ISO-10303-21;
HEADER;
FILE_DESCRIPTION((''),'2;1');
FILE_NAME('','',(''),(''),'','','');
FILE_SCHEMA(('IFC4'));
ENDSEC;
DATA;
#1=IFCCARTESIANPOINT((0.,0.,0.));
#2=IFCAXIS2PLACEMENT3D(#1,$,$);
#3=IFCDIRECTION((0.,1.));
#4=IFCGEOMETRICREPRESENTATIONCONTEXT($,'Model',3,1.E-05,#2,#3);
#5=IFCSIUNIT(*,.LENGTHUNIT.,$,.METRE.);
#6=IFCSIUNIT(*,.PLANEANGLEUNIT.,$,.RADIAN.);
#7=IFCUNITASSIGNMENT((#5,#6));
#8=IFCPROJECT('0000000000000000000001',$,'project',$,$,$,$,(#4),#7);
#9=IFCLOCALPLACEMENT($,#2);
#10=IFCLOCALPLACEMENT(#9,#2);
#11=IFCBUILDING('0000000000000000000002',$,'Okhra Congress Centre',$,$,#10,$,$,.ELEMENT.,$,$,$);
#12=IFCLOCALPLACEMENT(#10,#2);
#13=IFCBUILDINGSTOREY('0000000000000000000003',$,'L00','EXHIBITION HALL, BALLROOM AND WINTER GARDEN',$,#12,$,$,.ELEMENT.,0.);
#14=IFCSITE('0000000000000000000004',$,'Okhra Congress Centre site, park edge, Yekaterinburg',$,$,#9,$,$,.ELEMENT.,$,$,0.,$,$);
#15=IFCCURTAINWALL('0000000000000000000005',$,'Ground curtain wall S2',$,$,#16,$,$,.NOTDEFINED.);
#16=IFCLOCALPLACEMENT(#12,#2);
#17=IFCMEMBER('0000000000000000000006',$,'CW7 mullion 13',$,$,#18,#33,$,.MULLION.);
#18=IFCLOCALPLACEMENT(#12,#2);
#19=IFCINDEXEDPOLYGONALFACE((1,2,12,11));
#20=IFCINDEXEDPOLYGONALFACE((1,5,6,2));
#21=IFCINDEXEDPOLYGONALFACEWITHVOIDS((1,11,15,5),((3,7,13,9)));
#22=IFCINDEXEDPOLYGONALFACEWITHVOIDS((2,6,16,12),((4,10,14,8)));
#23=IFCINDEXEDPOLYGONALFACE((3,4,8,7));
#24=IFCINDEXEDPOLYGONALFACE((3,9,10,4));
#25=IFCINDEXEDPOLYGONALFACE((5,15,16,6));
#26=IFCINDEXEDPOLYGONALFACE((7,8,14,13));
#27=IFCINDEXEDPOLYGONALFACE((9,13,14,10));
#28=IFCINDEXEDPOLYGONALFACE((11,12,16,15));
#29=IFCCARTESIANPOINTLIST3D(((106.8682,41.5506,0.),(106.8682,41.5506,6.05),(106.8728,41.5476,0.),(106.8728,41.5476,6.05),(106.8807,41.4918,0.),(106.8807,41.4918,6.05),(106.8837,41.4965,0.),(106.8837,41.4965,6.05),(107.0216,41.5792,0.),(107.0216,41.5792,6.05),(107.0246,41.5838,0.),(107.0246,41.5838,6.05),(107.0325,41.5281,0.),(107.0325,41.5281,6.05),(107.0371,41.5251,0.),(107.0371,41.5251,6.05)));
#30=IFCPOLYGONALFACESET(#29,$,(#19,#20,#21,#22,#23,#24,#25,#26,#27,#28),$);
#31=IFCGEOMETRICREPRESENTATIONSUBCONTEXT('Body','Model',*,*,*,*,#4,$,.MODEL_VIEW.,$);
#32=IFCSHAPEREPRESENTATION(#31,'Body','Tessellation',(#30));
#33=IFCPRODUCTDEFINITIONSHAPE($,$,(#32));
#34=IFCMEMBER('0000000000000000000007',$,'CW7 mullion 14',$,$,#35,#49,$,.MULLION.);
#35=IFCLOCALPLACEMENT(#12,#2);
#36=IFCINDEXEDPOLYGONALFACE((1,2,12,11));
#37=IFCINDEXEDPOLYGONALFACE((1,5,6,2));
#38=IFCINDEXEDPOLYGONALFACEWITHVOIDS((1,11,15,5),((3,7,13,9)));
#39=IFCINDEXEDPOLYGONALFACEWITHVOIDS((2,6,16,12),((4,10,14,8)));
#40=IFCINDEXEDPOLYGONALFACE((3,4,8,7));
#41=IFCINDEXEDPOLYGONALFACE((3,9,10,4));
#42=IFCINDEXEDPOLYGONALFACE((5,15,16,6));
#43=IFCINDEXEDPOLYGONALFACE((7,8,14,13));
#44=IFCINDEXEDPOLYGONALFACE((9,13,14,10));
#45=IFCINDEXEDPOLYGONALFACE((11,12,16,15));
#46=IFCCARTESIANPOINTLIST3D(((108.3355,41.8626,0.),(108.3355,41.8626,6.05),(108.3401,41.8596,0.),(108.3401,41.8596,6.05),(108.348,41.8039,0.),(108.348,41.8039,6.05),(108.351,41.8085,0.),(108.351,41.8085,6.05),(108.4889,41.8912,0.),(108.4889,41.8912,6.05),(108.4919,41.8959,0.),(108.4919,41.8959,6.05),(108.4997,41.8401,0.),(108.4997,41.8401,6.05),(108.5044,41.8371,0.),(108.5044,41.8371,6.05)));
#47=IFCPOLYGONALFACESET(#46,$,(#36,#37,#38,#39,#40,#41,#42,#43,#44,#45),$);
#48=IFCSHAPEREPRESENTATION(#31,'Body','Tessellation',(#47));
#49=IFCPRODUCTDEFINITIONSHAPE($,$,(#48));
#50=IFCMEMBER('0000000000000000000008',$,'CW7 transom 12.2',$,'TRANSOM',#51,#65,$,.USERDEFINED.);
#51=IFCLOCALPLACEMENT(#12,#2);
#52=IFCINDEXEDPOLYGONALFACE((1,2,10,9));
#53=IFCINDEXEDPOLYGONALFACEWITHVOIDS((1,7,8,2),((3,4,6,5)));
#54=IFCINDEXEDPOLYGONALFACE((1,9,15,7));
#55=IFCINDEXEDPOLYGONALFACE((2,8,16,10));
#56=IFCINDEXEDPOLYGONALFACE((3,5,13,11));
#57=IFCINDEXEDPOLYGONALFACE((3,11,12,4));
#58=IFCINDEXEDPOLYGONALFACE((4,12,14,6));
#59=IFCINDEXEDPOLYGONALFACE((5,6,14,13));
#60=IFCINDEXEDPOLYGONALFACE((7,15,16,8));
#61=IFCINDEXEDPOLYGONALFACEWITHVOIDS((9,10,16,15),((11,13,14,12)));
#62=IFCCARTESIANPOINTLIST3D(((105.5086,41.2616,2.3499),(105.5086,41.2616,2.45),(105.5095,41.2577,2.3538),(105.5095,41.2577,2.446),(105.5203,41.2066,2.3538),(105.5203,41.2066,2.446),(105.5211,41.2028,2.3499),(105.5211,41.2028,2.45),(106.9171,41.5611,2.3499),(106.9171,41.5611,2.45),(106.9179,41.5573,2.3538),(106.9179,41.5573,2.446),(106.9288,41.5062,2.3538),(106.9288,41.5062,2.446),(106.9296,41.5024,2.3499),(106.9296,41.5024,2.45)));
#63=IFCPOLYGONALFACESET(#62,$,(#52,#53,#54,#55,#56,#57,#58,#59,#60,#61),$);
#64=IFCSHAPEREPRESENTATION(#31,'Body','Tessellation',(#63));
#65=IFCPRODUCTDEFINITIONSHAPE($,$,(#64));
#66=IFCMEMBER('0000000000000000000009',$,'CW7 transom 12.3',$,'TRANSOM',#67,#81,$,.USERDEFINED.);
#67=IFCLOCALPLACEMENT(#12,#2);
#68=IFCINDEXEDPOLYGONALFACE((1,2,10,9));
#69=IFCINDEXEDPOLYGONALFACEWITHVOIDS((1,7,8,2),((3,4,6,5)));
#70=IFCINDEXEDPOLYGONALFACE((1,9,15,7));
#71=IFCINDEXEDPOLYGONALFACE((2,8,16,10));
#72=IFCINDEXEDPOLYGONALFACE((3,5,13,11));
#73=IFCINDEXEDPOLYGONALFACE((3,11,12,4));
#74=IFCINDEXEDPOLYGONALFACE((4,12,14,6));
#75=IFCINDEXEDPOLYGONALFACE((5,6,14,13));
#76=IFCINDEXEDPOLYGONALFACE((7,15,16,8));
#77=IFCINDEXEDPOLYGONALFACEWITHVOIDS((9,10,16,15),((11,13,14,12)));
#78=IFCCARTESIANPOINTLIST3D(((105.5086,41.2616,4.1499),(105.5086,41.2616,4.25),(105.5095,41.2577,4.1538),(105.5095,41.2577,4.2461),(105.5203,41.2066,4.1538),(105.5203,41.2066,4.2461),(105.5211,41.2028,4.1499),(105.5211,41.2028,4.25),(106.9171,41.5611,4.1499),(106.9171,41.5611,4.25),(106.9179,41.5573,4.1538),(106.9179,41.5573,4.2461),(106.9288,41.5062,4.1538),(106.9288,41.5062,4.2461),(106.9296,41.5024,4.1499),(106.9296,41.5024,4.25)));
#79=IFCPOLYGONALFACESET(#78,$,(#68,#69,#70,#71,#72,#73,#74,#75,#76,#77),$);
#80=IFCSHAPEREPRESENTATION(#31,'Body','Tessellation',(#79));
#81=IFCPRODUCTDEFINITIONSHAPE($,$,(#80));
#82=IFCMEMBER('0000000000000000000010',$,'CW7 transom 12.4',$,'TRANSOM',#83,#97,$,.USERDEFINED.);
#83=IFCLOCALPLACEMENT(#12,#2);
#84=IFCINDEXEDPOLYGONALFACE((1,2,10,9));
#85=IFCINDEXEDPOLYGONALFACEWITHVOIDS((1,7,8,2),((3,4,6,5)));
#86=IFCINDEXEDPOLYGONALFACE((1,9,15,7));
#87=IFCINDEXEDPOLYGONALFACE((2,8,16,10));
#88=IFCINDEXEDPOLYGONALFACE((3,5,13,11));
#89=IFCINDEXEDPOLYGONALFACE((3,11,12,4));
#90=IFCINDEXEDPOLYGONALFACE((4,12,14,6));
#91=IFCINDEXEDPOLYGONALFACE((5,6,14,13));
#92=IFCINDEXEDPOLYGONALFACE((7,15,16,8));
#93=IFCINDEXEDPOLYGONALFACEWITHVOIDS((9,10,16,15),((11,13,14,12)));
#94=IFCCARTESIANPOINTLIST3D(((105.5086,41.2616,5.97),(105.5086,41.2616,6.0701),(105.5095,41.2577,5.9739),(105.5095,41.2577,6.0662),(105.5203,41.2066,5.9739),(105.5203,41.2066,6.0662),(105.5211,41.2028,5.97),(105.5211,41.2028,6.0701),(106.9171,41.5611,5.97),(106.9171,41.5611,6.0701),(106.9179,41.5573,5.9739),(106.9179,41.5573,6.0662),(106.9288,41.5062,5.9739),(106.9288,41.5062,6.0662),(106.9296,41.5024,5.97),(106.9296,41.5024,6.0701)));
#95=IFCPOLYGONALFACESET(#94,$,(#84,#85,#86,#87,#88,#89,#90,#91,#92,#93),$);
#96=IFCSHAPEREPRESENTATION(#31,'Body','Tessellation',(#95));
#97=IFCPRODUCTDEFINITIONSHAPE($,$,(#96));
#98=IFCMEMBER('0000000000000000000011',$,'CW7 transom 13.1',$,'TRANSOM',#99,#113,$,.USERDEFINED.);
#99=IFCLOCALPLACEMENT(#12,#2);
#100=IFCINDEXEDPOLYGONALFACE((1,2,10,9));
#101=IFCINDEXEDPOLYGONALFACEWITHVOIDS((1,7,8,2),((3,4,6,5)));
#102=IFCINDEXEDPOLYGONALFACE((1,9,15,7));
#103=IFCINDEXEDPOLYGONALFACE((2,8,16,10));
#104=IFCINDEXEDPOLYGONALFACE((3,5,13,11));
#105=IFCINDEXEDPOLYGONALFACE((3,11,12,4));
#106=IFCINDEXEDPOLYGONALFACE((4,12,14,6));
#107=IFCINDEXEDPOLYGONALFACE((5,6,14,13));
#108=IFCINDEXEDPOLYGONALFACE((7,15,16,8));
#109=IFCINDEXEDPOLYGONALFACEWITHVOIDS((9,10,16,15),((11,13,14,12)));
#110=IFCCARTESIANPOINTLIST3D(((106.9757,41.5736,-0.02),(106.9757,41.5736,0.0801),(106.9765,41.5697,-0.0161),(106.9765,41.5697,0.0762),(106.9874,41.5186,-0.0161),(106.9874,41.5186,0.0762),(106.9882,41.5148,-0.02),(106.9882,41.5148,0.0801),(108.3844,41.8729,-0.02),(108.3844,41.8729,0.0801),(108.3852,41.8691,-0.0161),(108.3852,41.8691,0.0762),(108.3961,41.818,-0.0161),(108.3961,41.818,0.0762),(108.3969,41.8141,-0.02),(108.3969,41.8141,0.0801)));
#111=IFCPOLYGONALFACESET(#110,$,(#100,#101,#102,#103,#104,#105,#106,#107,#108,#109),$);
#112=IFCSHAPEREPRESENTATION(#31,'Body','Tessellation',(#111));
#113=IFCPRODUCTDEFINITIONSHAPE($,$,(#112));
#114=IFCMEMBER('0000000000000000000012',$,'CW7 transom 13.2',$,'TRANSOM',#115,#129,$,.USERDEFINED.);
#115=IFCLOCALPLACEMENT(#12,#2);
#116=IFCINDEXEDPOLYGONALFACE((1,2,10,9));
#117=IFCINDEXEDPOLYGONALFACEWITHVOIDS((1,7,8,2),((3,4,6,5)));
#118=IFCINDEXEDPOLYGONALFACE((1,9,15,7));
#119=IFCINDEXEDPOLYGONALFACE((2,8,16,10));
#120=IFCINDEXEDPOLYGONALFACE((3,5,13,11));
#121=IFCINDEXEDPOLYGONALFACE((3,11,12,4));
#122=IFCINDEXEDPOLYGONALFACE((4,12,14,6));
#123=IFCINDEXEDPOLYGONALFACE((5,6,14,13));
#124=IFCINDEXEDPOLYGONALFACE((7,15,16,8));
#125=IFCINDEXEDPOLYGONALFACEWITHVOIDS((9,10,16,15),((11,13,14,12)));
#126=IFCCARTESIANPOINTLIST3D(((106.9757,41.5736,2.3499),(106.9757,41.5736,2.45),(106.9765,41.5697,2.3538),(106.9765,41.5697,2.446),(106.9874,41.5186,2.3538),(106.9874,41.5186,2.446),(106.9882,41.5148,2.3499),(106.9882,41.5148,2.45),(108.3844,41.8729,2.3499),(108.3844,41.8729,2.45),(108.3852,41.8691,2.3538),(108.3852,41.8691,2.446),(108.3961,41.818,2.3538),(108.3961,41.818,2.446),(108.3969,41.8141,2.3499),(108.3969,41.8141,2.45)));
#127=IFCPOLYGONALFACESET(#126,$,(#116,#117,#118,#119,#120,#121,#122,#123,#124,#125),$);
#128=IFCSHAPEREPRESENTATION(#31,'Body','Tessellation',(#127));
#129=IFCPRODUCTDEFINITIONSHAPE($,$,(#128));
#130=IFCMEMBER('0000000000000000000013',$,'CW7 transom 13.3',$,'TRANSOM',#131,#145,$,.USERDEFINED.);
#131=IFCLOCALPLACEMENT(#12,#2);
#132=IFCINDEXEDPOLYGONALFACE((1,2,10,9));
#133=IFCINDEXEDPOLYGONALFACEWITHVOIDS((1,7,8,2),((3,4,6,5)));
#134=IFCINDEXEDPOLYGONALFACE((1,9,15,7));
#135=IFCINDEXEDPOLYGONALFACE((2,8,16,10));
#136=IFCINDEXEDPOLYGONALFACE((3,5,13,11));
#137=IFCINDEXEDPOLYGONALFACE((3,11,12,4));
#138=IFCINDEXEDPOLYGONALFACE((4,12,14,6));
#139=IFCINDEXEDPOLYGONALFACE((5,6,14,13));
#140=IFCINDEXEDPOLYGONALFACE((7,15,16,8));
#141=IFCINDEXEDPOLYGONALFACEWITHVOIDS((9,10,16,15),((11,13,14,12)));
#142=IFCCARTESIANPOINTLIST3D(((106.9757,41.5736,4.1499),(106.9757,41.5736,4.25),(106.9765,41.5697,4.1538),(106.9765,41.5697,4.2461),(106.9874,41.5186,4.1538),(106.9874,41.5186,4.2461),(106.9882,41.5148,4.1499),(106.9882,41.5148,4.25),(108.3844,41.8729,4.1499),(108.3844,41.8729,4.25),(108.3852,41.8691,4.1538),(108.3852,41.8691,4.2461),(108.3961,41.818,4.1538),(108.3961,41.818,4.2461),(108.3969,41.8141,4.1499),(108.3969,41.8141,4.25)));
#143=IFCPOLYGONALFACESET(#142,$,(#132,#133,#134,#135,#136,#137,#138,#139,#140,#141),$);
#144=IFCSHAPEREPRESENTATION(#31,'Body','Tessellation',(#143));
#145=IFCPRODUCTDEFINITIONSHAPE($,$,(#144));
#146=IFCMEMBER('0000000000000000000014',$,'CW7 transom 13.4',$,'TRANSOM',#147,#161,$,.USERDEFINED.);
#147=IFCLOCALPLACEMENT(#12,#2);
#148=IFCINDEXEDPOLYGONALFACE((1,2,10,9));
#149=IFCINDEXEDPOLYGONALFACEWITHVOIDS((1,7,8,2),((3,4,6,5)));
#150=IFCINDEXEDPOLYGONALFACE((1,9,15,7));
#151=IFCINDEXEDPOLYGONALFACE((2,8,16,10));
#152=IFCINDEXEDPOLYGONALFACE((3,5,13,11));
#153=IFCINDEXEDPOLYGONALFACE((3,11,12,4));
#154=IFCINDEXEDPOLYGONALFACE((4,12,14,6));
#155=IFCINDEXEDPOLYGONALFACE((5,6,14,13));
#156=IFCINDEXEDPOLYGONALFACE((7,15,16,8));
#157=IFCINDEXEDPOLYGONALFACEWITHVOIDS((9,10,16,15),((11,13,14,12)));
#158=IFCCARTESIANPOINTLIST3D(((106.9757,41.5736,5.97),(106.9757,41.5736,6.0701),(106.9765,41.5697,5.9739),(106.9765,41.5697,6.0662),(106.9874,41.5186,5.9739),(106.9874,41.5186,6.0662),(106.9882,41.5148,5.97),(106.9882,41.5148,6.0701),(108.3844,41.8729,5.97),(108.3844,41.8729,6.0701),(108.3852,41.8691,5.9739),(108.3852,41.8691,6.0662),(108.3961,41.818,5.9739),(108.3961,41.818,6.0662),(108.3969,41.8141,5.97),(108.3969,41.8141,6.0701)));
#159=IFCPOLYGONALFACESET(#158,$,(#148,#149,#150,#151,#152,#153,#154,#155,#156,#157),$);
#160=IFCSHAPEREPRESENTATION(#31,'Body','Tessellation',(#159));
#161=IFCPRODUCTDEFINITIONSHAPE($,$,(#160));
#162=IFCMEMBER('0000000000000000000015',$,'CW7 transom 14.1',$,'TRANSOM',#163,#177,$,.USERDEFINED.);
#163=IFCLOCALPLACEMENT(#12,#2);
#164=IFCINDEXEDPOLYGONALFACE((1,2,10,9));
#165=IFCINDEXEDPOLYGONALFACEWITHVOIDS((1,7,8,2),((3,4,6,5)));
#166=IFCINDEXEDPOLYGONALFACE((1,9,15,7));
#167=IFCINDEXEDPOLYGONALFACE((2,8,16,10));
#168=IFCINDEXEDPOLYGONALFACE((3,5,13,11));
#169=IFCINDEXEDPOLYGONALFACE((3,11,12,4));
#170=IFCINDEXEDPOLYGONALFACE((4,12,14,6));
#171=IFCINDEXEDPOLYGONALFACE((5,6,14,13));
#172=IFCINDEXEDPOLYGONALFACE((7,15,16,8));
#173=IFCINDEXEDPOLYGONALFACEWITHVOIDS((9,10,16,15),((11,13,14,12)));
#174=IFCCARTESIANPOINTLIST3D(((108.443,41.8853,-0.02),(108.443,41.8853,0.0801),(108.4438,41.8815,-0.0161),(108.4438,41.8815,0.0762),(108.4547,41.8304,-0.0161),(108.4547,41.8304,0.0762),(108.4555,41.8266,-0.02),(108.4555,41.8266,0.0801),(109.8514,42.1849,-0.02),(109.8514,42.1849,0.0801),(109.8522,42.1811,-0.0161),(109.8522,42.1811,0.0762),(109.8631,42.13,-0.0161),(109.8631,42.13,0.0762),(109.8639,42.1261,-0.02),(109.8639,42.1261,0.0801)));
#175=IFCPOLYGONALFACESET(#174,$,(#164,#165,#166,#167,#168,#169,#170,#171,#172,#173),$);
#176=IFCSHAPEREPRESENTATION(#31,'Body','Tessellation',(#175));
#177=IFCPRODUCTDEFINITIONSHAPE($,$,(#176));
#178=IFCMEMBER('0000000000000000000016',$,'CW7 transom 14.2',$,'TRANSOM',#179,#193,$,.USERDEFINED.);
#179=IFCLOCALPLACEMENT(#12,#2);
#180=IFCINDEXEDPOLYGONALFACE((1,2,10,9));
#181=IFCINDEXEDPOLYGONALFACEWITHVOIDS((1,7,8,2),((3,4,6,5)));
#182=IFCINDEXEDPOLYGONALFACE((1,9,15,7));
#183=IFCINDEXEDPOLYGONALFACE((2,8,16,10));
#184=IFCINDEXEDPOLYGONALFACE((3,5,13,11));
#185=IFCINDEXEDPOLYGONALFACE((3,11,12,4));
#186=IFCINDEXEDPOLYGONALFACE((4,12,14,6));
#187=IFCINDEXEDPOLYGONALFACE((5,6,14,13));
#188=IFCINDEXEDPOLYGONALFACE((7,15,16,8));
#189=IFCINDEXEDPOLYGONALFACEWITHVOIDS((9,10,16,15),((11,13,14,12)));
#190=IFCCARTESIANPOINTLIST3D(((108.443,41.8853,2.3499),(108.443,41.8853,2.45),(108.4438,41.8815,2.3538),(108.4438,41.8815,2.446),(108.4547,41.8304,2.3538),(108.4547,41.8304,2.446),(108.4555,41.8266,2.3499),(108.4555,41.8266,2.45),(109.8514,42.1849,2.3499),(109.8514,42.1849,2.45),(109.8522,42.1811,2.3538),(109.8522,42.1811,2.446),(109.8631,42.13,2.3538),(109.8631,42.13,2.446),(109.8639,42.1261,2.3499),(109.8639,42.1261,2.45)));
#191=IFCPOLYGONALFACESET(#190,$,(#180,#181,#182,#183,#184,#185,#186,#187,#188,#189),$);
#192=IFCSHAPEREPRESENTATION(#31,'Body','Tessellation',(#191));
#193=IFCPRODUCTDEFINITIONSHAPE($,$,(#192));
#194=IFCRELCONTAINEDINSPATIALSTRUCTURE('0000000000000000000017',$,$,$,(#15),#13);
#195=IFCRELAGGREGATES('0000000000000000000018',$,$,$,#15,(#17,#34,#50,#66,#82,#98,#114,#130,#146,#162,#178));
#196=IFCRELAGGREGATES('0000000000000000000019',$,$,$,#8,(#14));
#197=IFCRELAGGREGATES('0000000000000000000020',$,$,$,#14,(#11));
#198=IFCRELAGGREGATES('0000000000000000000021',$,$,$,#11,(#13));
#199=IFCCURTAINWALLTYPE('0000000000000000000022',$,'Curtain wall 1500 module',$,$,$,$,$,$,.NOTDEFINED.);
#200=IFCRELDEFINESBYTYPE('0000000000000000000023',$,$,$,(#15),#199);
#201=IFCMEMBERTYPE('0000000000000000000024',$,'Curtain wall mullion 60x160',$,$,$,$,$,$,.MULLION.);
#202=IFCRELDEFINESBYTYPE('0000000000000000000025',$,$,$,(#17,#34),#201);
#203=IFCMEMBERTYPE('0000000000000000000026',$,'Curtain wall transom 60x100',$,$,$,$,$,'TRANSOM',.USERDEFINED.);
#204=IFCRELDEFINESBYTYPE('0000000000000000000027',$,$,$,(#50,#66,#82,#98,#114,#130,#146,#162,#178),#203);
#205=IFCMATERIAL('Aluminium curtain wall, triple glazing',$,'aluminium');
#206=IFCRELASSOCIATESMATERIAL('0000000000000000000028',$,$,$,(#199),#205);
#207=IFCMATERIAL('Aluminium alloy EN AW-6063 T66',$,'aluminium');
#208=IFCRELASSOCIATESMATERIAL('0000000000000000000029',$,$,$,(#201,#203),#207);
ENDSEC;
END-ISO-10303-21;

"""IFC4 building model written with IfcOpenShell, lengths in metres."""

from ifc_helpers import new_model, si_unit, direction, frame, origin, origin_2d, place, context, subcontext, project, spatial, hollow_rectangle, extrude, material, material_profile, profile_set, type_object, element, aggregate, save


model = new_model("IFC4")

# Units and contexts
model_context = context("Model", 3, precision=1e-05, world=origin(), true_north=direction((0.0, 1.0)))
body_context = subcontext(model_context, "Body", "Model", "MODEL_VIEW")
ifc_project = project(units=[si_unit("LENGTHUNIT", "METRE"), si_unit("PLANEANGLEUNIT", "RADIAN")], contexts=[model_context])

# Site, building, storey
site_placement = place(None, origin())
site = spatial("IfcSite", under=ifc_project, at=site_placement, Name="Okhra Congress Centre site, park edge, Yekaterinburg", CompositionType="ELEMENT", RefElevation=0.0)
building_placement = place(site_placement, origin())
building = spatial("IfcBuilding", under=site, at=building_placement, Name="Okhra Congress Centre", CompositionType="ELEMENT")
storey_placement = place(building_placement, origin())
storey = spatial("IfcBuildingStorey", under=building, at=storey_placement, Name="L00", Description="EXHIBITION HALL, BALLROOM AND WINTER GARDEN", CompositionType="ELEMENT", Elevation=0.0)

# Curtain wall, members
ifc_material_1 = material(Name="Aluminium curtain wall, triple glazing", Category="aluminium")
curtain_wall_type = type_object("IfcCurtainWallType", Name="Curtain wall 1500 module", PredefinedType="NOTDEFINED", material=ifc_material_1)
curtain_wall_placement = place(storey_placement, origin())
curtain_wall = element("IfcCurtainWall", 1, at=curtain_wall_placement, inside=storey, type_object=curtain_wall_type, Name="Ground curtain wall S2", PredefinedType="NOTDEFINED")
ifc_material_2 = material(Name="Aluminium alloy EN AW-6063 T66", Category="aluminium")
ifc_material_profile_1 = material_profile(ifc_material_2, hollow_rectangle(XDim=0.0601, YDim=0.1599, WallThickness=0.0039, at=origin_2d()), Name="RHS 60x160x4")
ifc_profile_set_1 = profile_set([ifc_material_profile_1], Name="Aluminium alloy EN AW-6063 T66")
member_type_1 = type_object("IfcMemberType", Name="Curtain wall mullion 60x160", PredefinedType="MULLION", material=ifc_profile_set_1)
member_1_placement = place(storey_placement, frame((106.9526, 41.5378, 0.0), z_axis=(0.0, 0.0, 1.0), x_axis=(-0.207912, 0.978148, 0.0)))
member_1 = element("IfcMember", 2, at=member_1_placement, type_object=member_type_1, Name="CW7 mullion 13", PredefinedType="MULLION", context=body_context, shape_type="SweptSolid", body=[
    extrude(hollow_rectangle(XDim=0.0601, YDim=0.1599, WallThickness=0.0039, at=origin_2d()), origin(), (0.0, 0.0, 1.0), 6.05),
])
member_2_placement = place(storey_placement, frame((108.4199, 41.8499, 0.0), z_axis=(0.0, 0.0, 1.0), x_axis=(-0.207912, 0.978148, 0.0)))
member_2 = element("IfcMember", 3, at=member_2_placement, type_object=member_type_1, Name="CW7 mullion 14", PredefinedType="MULLION", context=body_context, shape_type="SweptSolid", body=[
    extrude(hollow_rectangle(XDim=0.0601, YDim=0.1599, WallThickness=0.0039, at=origin_2d()), origin(), (0.0, 0.0, 1.0), 6.05),
])
ifc_material_profile_2 = material_profile(ifc_material_2, hollow_rectangle(XDim=0.0601, YDim=0.1001, WallThickness=0.0039, at=origin_2d()), Name="RHS 60x100x4")
ifc_profile_set_2 = profile_set([ifc_material_profile_2], Name="Aluminium alloy EN AW-6063 T66")
member_type_2 = type_object("IfcMemberType", Name="Curtain wall transom 60x100", ElementType="TRANSOM", PredefinedType="USERDEFINED", material=ifc_profile_set_2)
member_3_placement = place(storey_placement, frame((105.5149, 41.2322, 2.3999), z_axis=(0.978121, 0.208035, 0.0), x_axis=(-0.208035, 0.978121, 0.0)))
member_3 = element("IfcMember", 4, at=member_3_placement, type_object=member_type_2, Name="CW7 transom 12.2", ObjectType="TRANSOM", PredefinedType="USERDEFINED", context=body_context, shape_type="SweptSolid", body=[
    extrude(hollow_rectangle(XDim=0.0601, YDim=0.1001, WallThickness=0.0039, at=origin_2d()), origin(), (0.0, 0.0, 1.0), 1.4399),
])
member_4_placement = place(storey_placement, frame((105.5149, 41.2322, 4.2), z_axis=(0.978121, 0.208035, 0.0), x_axis=(-0.208035, 0.978121, 0.0)))
member_4 = element("IfcMember", 5, at=member_4_placement, type_object=member_type_2, Name="CW7 transom 12.3", ObjectType="TRANSOM", PredefinedType="USERDEFINED", context=body_context, shape_type="SweptSolid", body=[
    extrude(hollow_rectangle(XDim=0.0601, YDim=0.1001, WallThickness=0.0039, at=origin_2d()), origin(), (0.0, 0.0, 1.0), 1.4399),
])
member_5_placement = place(storey_placement, frame((105.5149, 41.2322, 6.02), z_axis=(0.978121, 0.208035, 0.0), x_axis=(-0.208035, 0.978121, 0.0)))
member_5 = element("IfcMember", 6, at=member_5_placement, type_object=member_type_2, Name="CW7 transom 12.4", ObjectType="TRANSOM", PredefinedType="USERDEFINED", context=body_context, shape_type="SweptSolid", body=[
    extrude(hollow_rectangle(XDim=0.0601, YDim=0.1001, WallThickness=0.0039, at=origin_2d()), origin(), (0.0, 0.0, 1.0), 1.4399),
])
member_6_placement = place(storey_placement, frame((106.9819, 41.5442, 0.03), z_axis=(0.978163, 0.207838, 0.0), x_axis=(-0.207838, 0.978163, 0.0)))
member_6 = element("IfcMember", 7, at=member_6_placement, type_object=member_type_2, Name="CW7 transom 13.1", ObjectType="TRANSOM", PredefinedType="USERDEFINED", context=body_context, shape_type="SweptSolid", body=[
    extrude(hollow_rectangle(XDim=0.0601, YDim=0.1001, WallThickness=0.0039, at=origin_2d()), origin(), (0.0, 0.0, 1.0), 1.4402),
])
member_7_placement = place(storey_placement, frame((106.9819, 41.5442, 2.3999), z_axis=(0.978163, 0.207838, 0.0), x_axis=(-0.207838, 0.978163, 0.0)))
member_7 = element("IfcMember", 8, at=member_7_placement, type_object=member_type_2, Name="CW7 transom 13.2", ObjectType="TRANSOM", PredefinedType="USERDEFINED", context=body_context, shape_type="SweptSolid", body=[
    extrude(hollow_rectangle(XDim=0.0601, YDim=0.1001, WallThickness=0.0039, at=origin_2d()), origin(), (0.0, 0.0, 1.0), 1.4402),
])
member_8_placement = place(storey_placement, frame((106.9819, 41.5442, 4.2), z_axis=(0.978163, 0.207838, 0.0), x_axis=(-0.207838, 0.978163, 0.0)))
member_8 = element("IfcMember", 9, at=member_8_placement, type_object=member_type_2, Name="CW7 transom 13.3", ObjectType="TRANSOM", PredefinedType="USERDEFINED", context=body_context, shape_type="SweptSolid", body=[
    extrude(hollow_rectangle(XDim=0.0601, YDim=0.1001, WallThickness=0.0039, at=origin_2d()), origin(), (0.0, 0.0, 1.0), 1.4402),
])
member_9_placement = place(storey_placement, frame((106.9819, 41.5442, 6.02), z_axis=(0.978163, 0.207838, 0.0), x_axis=(-0.207838, 0.978163, 0.0)))
member_9 = element("IfcMember", 10, at=member_9_placement, type_object=member_type_2, Name="CW7 transom 13.4", ObjectType="TRANSOM", PredefinedType="USERDEFINED", context=body_context, shape_type="SweptSolid", body=[
    extrude(hollow_rectangle(XDim=0.0601, YDim=0.1001, WallThickness=0.0039, at=origin_2d()), origin(), (0.0, 0.0, 1.0), 1.4402),
])
member_10_placement = place(storey_placement, frame((108.4492, 41.856, 0.03), z_axis=(0.978121, 0.208035, 0.0), x_axis=(-0.208035, 0.978121, 0.0)))
member_10 = element("IfcMember", 11, at=member_10_placement, type_object=member_type_2, Name="CW7 transom 14.1", ObjectType="TRANSOM", PredefinedType="USERDEFINED", context=body_context, shape_type="SweptSolid", body=[
    extrude(hollow_rectangle(XDim=0.0601, YDim=0.1001, WallThickness=0.0039, at=origin_2d()), origin(), (0.0, 0.0, 1.0), 1.4399),
])
member_11_placement = place(storey_placement, frame((108.4492, 41.856, 2.3999), z_axis=(0.978121, 0.208035, 0.0), x_axis=(-0.208035, 0.978121, 0.0)))
member_11 = element("IfcMember", 12, at=member_11_placement, type_object=member_type_2, Name="CW7 transom 14.2", ObjectType="TRANSOM", PredefinedType="USERDEFINED", context=body_context, shape_type="SweptSolid", body=[
    extrude(hollow_rectangle(XDim=0.0601, YDim=0.1001, WallThickness=0.0039, at=origin_2d()), origin(), (0.0, 0.0, 1.0), 1.4399),
])
aggregate(curtain_wall, [member_1, member_2, member_3, member_4, member_5, member_6, member_7, member_8, member_9, member_10, member_11])

save(model, "model.ifc")
